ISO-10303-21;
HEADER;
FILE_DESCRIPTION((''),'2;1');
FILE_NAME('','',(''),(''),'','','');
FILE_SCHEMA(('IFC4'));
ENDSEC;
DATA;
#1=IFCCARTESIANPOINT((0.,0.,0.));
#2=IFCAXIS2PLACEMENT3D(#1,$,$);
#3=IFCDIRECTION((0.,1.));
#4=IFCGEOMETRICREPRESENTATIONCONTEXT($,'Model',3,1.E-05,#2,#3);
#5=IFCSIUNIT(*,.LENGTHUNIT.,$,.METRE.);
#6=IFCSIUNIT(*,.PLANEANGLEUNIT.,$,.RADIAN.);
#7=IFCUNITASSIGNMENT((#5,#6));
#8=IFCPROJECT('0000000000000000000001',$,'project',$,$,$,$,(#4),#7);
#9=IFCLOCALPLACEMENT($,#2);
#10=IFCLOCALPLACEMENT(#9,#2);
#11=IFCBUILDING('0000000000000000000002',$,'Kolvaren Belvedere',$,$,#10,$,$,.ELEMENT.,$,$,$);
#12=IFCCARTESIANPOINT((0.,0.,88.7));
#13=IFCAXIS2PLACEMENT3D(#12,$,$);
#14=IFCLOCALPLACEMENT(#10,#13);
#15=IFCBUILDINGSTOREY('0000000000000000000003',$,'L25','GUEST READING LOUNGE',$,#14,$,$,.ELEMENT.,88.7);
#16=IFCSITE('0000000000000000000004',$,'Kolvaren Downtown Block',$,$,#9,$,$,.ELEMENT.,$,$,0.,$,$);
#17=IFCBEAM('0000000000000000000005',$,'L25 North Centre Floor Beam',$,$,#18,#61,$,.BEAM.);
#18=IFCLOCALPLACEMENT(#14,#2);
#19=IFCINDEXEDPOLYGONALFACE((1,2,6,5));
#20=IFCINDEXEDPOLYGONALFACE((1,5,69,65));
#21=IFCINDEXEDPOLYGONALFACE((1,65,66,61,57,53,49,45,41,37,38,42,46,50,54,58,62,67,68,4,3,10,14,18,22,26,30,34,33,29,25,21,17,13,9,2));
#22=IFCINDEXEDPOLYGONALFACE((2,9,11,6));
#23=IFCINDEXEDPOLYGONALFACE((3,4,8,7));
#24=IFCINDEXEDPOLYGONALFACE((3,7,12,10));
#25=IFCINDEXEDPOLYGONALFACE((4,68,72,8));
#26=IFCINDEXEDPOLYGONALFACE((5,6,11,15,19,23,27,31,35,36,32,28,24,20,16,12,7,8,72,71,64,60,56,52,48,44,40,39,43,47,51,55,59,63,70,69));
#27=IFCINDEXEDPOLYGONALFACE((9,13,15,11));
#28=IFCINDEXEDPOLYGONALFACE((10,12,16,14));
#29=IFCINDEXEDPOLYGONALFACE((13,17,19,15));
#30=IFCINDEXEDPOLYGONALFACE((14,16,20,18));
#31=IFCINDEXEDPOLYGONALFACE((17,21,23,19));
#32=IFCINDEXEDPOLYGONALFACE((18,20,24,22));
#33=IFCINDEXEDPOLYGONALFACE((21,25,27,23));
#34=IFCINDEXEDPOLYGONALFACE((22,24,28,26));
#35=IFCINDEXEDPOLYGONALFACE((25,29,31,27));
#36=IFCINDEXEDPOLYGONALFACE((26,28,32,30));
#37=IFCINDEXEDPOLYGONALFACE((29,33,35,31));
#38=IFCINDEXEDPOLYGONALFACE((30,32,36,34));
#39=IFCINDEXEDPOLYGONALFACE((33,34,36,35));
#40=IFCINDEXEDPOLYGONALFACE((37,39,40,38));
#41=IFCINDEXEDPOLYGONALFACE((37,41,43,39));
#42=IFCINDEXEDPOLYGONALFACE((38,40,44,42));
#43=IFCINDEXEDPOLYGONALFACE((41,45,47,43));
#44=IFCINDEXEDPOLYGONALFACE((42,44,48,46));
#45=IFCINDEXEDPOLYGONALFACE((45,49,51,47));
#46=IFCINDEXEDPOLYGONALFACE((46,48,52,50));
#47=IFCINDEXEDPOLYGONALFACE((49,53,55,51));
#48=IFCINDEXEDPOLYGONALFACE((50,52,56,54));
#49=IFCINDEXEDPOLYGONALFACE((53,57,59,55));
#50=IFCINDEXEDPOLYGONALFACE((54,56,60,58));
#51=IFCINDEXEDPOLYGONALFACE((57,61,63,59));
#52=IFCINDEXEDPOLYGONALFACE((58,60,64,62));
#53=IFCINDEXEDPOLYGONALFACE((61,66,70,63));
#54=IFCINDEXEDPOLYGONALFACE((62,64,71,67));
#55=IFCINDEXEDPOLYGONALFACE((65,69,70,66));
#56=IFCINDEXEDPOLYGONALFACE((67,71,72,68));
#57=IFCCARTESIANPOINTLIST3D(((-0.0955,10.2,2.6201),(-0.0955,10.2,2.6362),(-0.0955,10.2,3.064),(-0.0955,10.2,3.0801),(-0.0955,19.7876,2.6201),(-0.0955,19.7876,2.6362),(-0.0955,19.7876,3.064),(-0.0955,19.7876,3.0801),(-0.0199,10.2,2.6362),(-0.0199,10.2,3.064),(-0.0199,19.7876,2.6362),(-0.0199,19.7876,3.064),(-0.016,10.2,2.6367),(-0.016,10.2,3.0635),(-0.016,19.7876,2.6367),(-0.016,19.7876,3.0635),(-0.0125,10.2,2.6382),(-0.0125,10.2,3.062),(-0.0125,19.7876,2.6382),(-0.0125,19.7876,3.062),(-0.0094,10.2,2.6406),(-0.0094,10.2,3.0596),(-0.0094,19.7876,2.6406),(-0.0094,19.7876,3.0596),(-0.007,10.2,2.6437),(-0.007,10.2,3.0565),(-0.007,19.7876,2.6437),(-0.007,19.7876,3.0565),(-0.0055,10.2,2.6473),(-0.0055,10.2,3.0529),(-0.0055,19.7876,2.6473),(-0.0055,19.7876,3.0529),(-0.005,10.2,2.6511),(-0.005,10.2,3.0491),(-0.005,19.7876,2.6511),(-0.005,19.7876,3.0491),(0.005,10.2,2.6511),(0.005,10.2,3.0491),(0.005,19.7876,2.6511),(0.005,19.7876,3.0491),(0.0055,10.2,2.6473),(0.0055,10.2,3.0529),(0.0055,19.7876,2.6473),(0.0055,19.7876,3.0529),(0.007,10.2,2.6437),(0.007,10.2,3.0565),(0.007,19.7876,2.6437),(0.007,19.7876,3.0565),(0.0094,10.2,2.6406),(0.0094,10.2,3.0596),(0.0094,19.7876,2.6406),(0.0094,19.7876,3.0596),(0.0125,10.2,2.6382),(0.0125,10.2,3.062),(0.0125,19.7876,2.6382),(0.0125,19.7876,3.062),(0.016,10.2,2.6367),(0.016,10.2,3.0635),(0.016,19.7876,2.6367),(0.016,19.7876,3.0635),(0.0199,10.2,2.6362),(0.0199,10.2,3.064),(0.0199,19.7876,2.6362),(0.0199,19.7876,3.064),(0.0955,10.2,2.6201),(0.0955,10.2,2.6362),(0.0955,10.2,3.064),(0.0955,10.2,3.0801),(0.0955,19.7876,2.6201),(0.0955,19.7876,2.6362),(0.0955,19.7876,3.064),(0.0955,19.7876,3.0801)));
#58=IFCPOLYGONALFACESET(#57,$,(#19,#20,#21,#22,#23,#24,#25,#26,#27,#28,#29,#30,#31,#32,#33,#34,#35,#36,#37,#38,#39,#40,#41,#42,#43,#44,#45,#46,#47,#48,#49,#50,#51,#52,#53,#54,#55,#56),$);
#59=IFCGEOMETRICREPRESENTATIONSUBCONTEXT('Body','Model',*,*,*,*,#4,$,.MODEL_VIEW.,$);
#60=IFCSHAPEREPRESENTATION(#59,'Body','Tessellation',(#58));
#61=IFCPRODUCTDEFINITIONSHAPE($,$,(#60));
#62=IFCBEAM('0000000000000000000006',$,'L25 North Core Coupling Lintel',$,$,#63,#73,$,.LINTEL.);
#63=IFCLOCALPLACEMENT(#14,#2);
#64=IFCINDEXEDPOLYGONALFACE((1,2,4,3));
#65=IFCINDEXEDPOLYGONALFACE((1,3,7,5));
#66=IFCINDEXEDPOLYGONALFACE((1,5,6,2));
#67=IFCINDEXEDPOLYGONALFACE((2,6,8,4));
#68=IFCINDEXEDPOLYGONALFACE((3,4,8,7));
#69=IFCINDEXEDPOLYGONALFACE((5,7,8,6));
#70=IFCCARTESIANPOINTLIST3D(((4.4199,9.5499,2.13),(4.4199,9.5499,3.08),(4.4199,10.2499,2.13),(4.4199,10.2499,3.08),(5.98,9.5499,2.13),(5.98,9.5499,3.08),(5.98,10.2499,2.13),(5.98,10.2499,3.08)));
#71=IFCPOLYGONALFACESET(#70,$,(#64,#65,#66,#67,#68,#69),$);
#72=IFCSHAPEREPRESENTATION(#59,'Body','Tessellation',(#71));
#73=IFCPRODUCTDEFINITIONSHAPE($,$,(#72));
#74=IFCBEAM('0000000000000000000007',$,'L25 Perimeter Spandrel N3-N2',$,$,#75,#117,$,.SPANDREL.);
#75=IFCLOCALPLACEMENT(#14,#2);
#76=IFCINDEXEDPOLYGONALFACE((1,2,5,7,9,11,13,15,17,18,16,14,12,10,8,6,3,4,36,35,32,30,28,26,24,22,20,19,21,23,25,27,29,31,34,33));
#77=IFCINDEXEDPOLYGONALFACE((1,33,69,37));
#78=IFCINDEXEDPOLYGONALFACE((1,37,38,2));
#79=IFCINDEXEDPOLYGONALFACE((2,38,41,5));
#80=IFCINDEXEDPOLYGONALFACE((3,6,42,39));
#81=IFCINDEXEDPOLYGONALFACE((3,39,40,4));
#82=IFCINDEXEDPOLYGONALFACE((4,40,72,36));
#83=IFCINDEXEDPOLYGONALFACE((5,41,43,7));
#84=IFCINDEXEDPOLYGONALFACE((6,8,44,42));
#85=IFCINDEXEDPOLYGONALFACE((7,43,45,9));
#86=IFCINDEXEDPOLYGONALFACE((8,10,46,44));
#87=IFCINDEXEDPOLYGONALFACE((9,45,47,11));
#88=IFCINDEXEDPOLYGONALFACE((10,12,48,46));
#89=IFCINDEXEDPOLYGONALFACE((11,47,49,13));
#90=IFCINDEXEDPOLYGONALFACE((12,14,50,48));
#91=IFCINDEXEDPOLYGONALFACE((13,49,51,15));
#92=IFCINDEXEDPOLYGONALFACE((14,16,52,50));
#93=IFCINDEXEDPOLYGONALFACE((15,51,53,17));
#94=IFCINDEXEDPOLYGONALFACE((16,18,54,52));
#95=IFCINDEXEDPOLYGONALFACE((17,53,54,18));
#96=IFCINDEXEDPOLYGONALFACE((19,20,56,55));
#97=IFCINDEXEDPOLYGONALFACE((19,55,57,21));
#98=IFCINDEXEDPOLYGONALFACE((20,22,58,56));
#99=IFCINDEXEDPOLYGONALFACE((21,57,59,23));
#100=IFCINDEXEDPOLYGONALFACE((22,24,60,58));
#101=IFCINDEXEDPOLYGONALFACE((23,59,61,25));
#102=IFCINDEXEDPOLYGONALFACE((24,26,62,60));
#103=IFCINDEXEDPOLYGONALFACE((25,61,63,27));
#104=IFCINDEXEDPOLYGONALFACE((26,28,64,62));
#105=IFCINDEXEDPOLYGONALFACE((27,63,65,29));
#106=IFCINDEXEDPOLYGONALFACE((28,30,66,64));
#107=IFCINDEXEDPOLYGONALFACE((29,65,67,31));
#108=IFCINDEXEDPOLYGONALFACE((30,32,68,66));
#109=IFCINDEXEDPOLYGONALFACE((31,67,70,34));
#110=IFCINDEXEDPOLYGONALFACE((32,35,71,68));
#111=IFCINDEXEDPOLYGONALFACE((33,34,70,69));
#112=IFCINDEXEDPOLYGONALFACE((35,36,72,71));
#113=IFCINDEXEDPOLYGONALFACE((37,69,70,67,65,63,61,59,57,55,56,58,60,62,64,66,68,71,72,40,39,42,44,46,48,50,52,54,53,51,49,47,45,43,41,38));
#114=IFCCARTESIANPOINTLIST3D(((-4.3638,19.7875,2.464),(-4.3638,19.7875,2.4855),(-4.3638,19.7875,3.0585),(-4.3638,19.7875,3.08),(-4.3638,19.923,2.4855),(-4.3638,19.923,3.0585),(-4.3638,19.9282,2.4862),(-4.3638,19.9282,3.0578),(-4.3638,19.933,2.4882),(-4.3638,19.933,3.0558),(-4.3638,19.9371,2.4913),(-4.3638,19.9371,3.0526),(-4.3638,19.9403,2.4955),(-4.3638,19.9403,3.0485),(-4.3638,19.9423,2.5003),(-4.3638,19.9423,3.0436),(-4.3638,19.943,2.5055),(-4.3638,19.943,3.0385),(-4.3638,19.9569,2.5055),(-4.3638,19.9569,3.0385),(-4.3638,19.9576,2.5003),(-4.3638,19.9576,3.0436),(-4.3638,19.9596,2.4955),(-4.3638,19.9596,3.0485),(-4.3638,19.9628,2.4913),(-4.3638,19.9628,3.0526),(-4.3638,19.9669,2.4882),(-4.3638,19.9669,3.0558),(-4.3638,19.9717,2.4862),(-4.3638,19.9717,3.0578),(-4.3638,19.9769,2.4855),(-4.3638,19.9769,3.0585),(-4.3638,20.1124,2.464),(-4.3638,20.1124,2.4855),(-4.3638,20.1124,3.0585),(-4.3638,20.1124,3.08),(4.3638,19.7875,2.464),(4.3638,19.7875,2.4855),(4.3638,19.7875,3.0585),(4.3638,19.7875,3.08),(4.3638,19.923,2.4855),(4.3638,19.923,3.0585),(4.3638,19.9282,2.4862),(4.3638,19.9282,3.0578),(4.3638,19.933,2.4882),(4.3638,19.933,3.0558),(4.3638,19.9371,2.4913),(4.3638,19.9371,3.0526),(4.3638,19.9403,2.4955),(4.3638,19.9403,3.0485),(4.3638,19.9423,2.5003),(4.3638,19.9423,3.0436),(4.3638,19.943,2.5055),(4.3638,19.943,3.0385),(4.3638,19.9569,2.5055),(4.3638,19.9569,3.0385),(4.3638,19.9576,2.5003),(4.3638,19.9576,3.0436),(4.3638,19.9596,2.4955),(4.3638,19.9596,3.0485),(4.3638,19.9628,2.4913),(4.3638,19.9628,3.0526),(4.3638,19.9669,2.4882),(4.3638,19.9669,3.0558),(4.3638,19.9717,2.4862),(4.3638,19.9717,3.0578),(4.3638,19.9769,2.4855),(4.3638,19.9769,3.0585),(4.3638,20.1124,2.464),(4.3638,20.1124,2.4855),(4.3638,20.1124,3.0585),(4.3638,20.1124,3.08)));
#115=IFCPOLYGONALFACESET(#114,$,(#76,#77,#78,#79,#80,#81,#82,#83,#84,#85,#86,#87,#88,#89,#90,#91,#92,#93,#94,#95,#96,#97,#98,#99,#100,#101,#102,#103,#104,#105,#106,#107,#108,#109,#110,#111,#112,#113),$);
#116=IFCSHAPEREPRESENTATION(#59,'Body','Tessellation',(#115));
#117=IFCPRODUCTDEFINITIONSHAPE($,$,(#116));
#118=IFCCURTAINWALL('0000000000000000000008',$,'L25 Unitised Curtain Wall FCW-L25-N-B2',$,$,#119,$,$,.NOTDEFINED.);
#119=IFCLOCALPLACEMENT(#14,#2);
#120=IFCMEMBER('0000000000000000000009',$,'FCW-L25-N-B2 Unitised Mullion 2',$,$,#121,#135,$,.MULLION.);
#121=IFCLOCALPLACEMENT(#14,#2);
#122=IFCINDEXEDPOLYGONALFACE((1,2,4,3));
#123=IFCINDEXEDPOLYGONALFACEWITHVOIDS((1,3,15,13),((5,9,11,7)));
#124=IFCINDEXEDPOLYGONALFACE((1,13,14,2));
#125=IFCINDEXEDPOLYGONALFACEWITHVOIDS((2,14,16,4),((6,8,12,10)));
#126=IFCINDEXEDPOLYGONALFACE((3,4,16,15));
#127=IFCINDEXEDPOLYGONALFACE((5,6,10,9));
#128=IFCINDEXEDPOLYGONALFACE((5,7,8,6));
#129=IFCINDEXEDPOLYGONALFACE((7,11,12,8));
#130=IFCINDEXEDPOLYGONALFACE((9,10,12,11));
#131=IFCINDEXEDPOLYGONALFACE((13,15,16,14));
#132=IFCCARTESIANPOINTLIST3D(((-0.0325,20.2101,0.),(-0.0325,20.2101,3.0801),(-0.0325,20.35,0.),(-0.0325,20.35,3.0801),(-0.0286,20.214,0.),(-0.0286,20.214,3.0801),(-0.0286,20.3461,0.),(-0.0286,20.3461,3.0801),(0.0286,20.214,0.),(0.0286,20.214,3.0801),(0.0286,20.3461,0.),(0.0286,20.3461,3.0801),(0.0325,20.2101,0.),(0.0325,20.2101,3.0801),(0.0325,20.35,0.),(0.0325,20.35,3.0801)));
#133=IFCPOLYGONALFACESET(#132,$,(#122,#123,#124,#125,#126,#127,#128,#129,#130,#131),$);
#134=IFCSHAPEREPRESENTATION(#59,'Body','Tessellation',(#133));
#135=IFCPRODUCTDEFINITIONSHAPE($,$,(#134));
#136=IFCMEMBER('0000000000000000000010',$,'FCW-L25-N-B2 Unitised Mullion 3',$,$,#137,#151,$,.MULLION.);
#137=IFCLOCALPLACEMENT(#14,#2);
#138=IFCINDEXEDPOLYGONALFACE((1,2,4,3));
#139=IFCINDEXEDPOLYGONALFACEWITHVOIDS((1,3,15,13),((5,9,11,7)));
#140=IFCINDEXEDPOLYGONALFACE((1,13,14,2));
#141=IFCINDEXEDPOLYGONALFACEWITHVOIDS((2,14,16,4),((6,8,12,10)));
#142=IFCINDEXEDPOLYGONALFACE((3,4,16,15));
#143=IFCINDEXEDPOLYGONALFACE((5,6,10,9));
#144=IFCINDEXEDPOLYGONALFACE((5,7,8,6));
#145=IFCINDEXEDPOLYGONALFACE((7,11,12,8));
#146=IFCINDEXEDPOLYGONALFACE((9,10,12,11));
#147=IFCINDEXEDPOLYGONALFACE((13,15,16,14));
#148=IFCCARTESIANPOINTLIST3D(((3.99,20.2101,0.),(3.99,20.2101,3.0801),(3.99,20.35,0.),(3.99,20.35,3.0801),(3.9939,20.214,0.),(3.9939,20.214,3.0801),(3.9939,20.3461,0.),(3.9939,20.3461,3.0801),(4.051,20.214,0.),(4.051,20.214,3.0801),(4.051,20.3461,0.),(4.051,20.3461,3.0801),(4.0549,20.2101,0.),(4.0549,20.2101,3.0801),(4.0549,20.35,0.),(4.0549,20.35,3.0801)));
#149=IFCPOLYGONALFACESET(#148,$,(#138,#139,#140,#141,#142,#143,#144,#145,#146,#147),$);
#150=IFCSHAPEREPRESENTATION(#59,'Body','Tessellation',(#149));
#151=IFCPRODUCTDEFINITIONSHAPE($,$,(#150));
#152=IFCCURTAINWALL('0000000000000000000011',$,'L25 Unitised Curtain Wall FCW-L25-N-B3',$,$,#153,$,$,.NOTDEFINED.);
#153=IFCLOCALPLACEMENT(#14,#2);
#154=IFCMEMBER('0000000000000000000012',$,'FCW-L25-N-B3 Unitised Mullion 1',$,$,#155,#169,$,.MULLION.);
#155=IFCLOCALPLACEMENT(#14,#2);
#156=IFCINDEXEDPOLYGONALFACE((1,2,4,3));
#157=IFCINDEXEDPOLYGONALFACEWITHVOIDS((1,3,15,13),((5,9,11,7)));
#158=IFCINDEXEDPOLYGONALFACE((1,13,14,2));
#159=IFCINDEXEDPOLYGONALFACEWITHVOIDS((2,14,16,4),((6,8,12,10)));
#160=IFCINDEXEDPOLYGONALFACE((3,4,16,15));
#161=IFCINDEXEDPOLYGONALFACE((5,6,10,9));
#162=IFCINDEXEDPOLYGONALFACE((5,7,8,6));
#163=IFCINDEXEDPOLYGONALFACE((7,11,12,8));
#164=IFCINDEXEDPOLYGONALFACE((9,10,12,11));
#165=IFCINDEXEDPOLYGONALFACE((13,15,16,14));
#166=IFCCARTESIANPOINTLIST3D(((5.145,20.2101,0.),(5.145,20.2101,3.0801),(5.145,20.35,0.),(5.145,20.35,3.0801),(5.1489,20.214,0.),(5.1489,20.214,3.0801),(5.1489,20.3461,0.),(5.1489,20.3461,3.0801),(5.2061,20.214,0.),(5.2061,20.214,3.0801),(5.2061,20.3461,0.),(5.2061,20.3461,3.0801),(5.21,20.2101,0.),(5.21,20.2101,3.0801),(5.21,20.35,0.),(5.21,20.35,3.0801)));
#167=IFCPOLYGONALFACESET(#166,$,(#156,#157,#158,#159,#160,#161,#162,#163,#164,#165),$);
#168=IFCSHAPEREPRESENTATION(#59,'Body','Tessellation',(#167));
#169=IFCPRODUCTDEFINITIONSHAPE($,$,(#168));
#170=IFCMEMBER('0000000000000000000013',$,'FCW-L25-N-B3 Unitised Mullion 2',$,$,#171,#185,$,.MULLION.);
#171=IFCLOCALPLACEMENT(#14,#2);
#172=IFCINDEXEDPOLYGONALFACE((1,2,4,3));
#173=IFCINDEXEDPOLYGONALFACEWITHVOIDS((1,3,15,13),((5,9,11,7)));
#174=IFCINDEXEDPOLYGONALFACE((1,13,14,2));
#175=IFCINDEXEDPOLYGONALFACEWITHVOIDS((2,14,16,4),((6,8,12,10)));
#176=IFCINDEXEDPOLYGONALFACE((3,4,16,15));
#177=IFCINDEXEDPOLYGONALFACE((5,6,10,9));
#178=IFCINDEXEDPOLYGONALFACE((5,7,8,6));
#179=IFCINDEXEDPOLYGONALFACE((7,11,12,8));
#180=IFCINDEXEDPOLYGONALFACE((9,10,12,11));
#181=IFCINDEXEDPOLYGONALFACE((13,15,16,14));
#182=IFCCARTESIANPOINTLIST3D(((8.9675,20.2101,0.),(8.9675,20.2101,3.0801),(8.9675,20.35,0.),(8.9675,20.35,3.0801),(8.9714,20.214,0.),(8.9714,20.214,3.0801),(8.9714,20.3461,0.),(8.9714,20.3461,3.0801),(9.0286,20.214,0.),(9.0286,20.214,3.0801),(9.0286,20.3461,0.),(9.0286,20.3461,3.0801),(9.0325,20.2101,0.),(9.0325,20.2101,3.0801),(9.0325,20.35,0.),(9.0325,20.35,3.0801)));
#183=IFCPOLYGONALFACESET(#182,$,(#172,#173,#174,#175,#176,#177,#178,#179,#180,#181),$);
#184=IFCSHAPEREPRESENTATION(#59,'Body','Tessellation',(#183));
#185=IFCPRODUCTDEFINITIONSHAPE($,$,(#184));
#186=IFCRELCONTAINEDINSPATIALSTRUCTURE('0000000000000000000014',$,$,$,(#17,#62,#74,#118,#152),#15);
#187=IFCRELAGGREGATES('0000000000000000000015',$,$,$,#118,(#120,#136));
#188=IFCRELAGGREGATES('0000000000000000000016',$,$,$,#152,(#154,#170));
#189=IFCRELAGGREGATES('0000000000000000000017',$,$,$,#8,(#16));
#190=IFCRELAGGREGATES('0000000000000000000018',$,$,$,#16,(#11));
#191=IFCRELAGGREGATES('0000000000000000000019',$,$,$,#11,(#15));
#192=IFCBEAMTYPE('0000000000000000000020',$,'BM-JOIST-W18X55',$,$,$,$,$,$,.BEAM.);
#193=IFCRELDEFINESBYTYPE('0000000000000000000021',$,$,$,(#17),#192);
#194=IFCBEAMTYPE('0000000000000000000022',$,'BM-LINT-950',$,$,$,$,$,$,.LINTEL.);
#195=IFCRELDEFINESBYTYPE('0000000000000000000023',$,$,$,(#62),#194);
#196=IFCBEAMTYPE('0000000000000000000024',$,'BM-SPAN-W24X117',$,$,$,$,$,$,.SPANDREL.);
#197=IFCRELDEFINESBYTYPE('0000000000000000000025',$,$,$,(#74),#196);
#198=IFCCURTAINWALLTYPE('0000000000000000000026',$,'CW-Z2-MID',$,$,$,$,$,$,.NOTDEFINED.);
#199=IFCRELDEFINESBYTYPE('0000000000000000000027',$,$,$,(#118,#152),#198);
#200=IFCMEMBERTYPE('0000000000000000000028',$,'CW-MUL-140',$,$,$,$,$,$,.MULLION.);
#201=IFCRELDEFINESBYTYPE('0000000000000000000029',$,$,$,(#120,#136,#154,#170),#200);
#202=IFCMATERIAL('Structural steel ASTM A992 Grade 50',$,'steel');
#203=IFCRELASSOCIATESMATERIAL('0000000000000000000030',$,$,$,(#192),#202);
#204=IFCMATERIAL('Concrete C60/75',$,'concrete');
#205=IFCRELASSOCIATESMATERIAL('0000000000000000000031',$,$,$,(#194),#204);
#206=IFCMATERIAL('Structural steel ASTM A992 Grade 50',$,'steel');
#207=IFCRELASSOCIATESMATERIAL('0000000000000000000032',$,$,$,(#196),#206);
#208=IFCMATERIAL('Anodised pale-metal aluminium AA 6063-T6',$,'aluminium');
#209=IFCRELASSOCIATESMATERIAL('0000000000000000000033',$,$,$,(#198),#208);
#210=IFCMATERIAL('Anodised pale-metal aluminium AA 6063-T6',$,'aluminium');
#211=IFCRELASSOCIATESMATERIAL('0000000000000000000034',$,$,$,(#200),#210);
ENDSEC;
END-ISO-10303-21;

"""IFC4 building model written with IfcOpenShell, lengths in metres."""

from ifc_helpers import new_model, si_unit, direction, frame, origin, origin_2d, place, context, subcontext, project, spatial, rectangle, hollow_rectangle, i_section, extrude, material, material_profile, profile_set, type_object, element, aggregate, save


model = new_model("IFC4")

# Units and contexts
model_context = context("Model", 3, precision=1e-05, world=origin(), true_north=direction((0.0, 1.0)))
body_context = subcontext(model_context, "Body", "Model", "MODEL_VIEW")
ifc_project = project(units=[si_unit("LENGTHUNIT", "METRE"), si_unit("PLANEANGLEUNIT", "RADIAN")], contexts=[model_context])

# Site, building, storey
site_placement = place(None, origin())
site = spatial("IfcSite", under=ifc_project, at=site_placement, Name="Kolvaren Downtown Block", CompositionType="ELEMENT", RefElevation=0.0)
building_placement = place(site_placement, origin())
building = spatial("IfcBuilding", under=site, at=building_placement, Name="Kolvaren Belvedere", CompositionType="ELEMENT")
storey_placement = place(building_placement, frame((0.0, 0.0, 88.7)))
storey = spatial("IfcBuildingStorey", under=building, at=storey_placement, Name="L25", Description="GUEST READING LOUNGE", CompositionType="ELEMENT", Elevation=88.7)

# Beams
ifc_material_1 = material(Name="Structural steel ASTM A992 Grade 50", Category="steel")
ifc_material_profile_1 = material_profile(ifc_material_1, i_section(OverallWidth=0.1909, OverallDepth=0.46, WebThickness=0.01, FlangeThickness=0.0161, FilletRadius=0.0149, at=origin_2d()), Name="W18X55")
ifc_profile_set_1 = profile_set([ifc_material_profile_1], Name="Structural steel ASTM A992 Grade 50")
beam_type_1 = type_object("IfcBeamType", Name="BM-JOIST-W18X55", PredefinedType="BEAM", material=ifc_profile_set_1)
beam_1_placement = place(storey_placement, frame((0.0, 10.2, 2.8501), z_axis=(0.0, 1.0, 0.0), x_axis=(-1.0, 0.0, 0.0)))
element("IfcBeam", 1, at=beam_1_placement, inside=storey, type_object=beam_type_1, Name="L25 North Centre Floor Beam", PredefinedType="BEAM", context=body_context, shape_type="SweptSolid", body=[
    extrude(i_section(OverallWidth=0.1909, OverallDepth=0.46, WebThickness=0.01, FlangeThickness=0.0161, FilletRadius=0.0149, at=origin_2d()), origin(), (0.0, 0.0, 1.0), 9.5876),
])
ifc_material_2 = material(Name="Concrete C60/75", Category="concrete")
ifc_material_profile_2 = material_profile(ifc_material_2, rectangle(XDim=0.7, YDim=0.95, at=origin_2d()), Name="RC 700X950")
ifc_profile_set_2 = profile_set([ifc_material_profile_2], Name="Concrete C60/75")
beam_type_2 = type_object("IfcBeamType", Name="BM-LINT-950", PredefinedType="LINTEL", material=ifc_profile_set_2)
beam_2_placement = place(storey_placement, frame((4.4199, 9.8999, 2.605), z_axis=(1.0, 0.0, 0.0), x_axis=(0.0, 1.0, 0.0)))
element("IfcBeam", 2, at=beam_2_placement, inside=storey, type_object=beam_type_2, Name="L25 North Core Coupling Lintel", PredefinedType="LINTEL", context=body_context, shape_type="SweptSolid", body=[
    extrude(rectangle(XDim=0.7, YDim=0.95, at=origin_2d()), origin(), (0.0, 0.0, 1.0), 1.5601),
])
ifc_material_3 = material(Name="Structural steel ASTM A992 Grade 50", Category="steel")
ifc_material_profile_3 = material_profile(ifc_material_3, i_section(OverallWidth=0.325, OverallDepth=0.616, WebThickness=0.0139, FlangeThickness=0.0215, FilletRadius=0.02, at=origin_2d()), Name="W24X117")
ifc_profile_set_3 = profile_set([ifc_material_profile_3], Name="Structural steel ASTM A992 Grade 50")
beam_type_3 = type_object("IfcBeamType", Name="BM-SPAN-W24X117", PredefinedType="SPANDREL", material=ifc_profile_set_3)
beam_3_placement = place(storey_placement, frame((4.3638, 19.95, 2.772), z_axis=(-1.0, 0.0, 0.0), x_axis=(0.0, -1.0, 0.0)))
element("IfcBeam", 3, at=beam_3_placement, inside=storey, type_object=beam_type_3, Name="L25 Perimeter Spandrel N3-N2", PredefinedType="SPANDREL", context=body_context, shape_type="SweptSolid", body=[
    extrude(i_section(OverallWidth=0.325, OverallDepth=0.616, WebThickness=0.0139, FlangeThickness=0.0215, FilletRadius=0.02, at=origin_2d()), origin(), (0.0, 0.0, 1.0), 8.7275),
])

# Curtain walls, members
ifc_material_4 = material(Name="Anodised pale-metal aluminium AA 6063-T6", Category="aluminium")
curtain_wall_type = type_object("IfcCurtainWallType", Name="CW-Z2-MID", PredefinedType="NOTDEFINED", material=ifc_material_4)
curtain_wall_1_placement = place(storey_placement, origin())
curtain_wall_1 = element("IfcCurtainWall", 4, at=curtain_wall_1_placement, inside=storey, type_object=curtain_wall_type, Name="L25 Unitised Curtain Wall FCW-L25-N-B2", PredefinedType="NOTDEFINED")
ifc_material_5 = material(Name="Anodised pale-metal aluminium AA 6063-T6", Category="aluminium")
ifc_material_profile_4 = material_profile(ifc_material_5, hollow_rectangle(XDim=0.0649, YDim=0.1399, WallThickness=0.0039, at=origin_2d()), Name="ALU-MUL-140X65")
ifc_profile_set_4 = profile_set([ifc_material_profile_4], Name="Anodised pale-metal aluminium AA 6063-T6")
member_type_1 = type_object("IfcMemberType", Name="CW-MUL-140", PredefinedType="MULLION", material=ifc_profile_set_4)
member_1_placement = place(storey_placement, frame((0.0, 20.28, 0.0), z_axis=(0.0, 0.0, 1.0), x_axis=(1.0, 0.0, 0.0)))
member_1 = element("IfcMember", 5, at=member_1_placement, type_object=member_type_1, Name="FCW-L25-N-B2 Unitised Mullion 2", PredefinedType="MULLION", context=body_context, shape_type="SweptSolid", body=[
    extrude(hollow_rectangle(XDim=0.0649, YDim=0.1399, WallThickness=0.0039, at=origin_2d()), origin(), (0.0, 0.0, 1.0), 3.0801),
])
member_2_placement = place(storey_placement, frame((4.0225, 20.28, 0.0), z_axis=(0.0, 0.0, 1.0), x_axis=(1.0, 0.0, 0.0)))
member_2 = element("IfcMember", 6, at=member_2_placement, type_object=member_type_1, Name="FCW-L25-N-B2 Unitised Mullion 3", PredefinedType="MULLION", context=body_context, shape_type="SweptSolid", body=[
    extrude(hollow_rectangle(XDim=0.0649, YDim=0.1399, WallThickness=0.0039, at=origin_2d()), origin(), (0.0, 0.0, 1.0), 3.0801),
])
curtain_wall_2_placement = place(storey_placement, origin())
curtain_wall_2 = element("IfcCurtainWall", 7, at=curtain_wall_2_placement, inside=storey, type_object=curtain_wall_type, Name="L25 Unitised Curtain Wall FCW-L25-N-B3", PredefinedType="NOTDEFINED")
member_3_placement = place(storey_placement, frame((5.1775, 20.28, 0.0), z_axis=(0.0, 0.0, 1.0), x_axis=(1.0, 0.0, 0.0)))
member_3 = element("IfcMember", 8, at=member_3_placement, type_object=member_type_1, Name="FCW-L25-N-B3 Unitised Mullion 1", PredefinedType="MULLION", context=body_context, shape_type="SweptSolid", body=[
    extrude(hollow_rectangle(XDim=0.0649, YDim=0.1399, WallThickness=0.0039, at=origin_2d()), origin(), (0.0, 0.0, 1.0), 3.0801),
])
member_4_placement = place(storey_placement, frame((9.0, 20.28, 0.0), z_axis=(0.0, 0.0, 1.0), x_axis=(1.0, 0.0, 0.0)))
member_4 = element("IfcMember", 9, at=member_4_placement, type_object=member_type_1, Name="FCW-L25-N-B3 Unitised Mullion 2", PredefinedType="MULLION", context=body_context, shape_type="SweptSolid", body=[
    extrude(hollow_rectangle(XDim=0.0649, YDim=0.1399, WallThickness=0.0039, at=origin_2d()), origin(), (0.0, 0.0, 1.0), 3.0801),
])

aggregate(curtain_wall_1, [member_1, member_2])
aggregate(curtain_wall_2, [member_3, member_4])

save(model, "model.ifc")
